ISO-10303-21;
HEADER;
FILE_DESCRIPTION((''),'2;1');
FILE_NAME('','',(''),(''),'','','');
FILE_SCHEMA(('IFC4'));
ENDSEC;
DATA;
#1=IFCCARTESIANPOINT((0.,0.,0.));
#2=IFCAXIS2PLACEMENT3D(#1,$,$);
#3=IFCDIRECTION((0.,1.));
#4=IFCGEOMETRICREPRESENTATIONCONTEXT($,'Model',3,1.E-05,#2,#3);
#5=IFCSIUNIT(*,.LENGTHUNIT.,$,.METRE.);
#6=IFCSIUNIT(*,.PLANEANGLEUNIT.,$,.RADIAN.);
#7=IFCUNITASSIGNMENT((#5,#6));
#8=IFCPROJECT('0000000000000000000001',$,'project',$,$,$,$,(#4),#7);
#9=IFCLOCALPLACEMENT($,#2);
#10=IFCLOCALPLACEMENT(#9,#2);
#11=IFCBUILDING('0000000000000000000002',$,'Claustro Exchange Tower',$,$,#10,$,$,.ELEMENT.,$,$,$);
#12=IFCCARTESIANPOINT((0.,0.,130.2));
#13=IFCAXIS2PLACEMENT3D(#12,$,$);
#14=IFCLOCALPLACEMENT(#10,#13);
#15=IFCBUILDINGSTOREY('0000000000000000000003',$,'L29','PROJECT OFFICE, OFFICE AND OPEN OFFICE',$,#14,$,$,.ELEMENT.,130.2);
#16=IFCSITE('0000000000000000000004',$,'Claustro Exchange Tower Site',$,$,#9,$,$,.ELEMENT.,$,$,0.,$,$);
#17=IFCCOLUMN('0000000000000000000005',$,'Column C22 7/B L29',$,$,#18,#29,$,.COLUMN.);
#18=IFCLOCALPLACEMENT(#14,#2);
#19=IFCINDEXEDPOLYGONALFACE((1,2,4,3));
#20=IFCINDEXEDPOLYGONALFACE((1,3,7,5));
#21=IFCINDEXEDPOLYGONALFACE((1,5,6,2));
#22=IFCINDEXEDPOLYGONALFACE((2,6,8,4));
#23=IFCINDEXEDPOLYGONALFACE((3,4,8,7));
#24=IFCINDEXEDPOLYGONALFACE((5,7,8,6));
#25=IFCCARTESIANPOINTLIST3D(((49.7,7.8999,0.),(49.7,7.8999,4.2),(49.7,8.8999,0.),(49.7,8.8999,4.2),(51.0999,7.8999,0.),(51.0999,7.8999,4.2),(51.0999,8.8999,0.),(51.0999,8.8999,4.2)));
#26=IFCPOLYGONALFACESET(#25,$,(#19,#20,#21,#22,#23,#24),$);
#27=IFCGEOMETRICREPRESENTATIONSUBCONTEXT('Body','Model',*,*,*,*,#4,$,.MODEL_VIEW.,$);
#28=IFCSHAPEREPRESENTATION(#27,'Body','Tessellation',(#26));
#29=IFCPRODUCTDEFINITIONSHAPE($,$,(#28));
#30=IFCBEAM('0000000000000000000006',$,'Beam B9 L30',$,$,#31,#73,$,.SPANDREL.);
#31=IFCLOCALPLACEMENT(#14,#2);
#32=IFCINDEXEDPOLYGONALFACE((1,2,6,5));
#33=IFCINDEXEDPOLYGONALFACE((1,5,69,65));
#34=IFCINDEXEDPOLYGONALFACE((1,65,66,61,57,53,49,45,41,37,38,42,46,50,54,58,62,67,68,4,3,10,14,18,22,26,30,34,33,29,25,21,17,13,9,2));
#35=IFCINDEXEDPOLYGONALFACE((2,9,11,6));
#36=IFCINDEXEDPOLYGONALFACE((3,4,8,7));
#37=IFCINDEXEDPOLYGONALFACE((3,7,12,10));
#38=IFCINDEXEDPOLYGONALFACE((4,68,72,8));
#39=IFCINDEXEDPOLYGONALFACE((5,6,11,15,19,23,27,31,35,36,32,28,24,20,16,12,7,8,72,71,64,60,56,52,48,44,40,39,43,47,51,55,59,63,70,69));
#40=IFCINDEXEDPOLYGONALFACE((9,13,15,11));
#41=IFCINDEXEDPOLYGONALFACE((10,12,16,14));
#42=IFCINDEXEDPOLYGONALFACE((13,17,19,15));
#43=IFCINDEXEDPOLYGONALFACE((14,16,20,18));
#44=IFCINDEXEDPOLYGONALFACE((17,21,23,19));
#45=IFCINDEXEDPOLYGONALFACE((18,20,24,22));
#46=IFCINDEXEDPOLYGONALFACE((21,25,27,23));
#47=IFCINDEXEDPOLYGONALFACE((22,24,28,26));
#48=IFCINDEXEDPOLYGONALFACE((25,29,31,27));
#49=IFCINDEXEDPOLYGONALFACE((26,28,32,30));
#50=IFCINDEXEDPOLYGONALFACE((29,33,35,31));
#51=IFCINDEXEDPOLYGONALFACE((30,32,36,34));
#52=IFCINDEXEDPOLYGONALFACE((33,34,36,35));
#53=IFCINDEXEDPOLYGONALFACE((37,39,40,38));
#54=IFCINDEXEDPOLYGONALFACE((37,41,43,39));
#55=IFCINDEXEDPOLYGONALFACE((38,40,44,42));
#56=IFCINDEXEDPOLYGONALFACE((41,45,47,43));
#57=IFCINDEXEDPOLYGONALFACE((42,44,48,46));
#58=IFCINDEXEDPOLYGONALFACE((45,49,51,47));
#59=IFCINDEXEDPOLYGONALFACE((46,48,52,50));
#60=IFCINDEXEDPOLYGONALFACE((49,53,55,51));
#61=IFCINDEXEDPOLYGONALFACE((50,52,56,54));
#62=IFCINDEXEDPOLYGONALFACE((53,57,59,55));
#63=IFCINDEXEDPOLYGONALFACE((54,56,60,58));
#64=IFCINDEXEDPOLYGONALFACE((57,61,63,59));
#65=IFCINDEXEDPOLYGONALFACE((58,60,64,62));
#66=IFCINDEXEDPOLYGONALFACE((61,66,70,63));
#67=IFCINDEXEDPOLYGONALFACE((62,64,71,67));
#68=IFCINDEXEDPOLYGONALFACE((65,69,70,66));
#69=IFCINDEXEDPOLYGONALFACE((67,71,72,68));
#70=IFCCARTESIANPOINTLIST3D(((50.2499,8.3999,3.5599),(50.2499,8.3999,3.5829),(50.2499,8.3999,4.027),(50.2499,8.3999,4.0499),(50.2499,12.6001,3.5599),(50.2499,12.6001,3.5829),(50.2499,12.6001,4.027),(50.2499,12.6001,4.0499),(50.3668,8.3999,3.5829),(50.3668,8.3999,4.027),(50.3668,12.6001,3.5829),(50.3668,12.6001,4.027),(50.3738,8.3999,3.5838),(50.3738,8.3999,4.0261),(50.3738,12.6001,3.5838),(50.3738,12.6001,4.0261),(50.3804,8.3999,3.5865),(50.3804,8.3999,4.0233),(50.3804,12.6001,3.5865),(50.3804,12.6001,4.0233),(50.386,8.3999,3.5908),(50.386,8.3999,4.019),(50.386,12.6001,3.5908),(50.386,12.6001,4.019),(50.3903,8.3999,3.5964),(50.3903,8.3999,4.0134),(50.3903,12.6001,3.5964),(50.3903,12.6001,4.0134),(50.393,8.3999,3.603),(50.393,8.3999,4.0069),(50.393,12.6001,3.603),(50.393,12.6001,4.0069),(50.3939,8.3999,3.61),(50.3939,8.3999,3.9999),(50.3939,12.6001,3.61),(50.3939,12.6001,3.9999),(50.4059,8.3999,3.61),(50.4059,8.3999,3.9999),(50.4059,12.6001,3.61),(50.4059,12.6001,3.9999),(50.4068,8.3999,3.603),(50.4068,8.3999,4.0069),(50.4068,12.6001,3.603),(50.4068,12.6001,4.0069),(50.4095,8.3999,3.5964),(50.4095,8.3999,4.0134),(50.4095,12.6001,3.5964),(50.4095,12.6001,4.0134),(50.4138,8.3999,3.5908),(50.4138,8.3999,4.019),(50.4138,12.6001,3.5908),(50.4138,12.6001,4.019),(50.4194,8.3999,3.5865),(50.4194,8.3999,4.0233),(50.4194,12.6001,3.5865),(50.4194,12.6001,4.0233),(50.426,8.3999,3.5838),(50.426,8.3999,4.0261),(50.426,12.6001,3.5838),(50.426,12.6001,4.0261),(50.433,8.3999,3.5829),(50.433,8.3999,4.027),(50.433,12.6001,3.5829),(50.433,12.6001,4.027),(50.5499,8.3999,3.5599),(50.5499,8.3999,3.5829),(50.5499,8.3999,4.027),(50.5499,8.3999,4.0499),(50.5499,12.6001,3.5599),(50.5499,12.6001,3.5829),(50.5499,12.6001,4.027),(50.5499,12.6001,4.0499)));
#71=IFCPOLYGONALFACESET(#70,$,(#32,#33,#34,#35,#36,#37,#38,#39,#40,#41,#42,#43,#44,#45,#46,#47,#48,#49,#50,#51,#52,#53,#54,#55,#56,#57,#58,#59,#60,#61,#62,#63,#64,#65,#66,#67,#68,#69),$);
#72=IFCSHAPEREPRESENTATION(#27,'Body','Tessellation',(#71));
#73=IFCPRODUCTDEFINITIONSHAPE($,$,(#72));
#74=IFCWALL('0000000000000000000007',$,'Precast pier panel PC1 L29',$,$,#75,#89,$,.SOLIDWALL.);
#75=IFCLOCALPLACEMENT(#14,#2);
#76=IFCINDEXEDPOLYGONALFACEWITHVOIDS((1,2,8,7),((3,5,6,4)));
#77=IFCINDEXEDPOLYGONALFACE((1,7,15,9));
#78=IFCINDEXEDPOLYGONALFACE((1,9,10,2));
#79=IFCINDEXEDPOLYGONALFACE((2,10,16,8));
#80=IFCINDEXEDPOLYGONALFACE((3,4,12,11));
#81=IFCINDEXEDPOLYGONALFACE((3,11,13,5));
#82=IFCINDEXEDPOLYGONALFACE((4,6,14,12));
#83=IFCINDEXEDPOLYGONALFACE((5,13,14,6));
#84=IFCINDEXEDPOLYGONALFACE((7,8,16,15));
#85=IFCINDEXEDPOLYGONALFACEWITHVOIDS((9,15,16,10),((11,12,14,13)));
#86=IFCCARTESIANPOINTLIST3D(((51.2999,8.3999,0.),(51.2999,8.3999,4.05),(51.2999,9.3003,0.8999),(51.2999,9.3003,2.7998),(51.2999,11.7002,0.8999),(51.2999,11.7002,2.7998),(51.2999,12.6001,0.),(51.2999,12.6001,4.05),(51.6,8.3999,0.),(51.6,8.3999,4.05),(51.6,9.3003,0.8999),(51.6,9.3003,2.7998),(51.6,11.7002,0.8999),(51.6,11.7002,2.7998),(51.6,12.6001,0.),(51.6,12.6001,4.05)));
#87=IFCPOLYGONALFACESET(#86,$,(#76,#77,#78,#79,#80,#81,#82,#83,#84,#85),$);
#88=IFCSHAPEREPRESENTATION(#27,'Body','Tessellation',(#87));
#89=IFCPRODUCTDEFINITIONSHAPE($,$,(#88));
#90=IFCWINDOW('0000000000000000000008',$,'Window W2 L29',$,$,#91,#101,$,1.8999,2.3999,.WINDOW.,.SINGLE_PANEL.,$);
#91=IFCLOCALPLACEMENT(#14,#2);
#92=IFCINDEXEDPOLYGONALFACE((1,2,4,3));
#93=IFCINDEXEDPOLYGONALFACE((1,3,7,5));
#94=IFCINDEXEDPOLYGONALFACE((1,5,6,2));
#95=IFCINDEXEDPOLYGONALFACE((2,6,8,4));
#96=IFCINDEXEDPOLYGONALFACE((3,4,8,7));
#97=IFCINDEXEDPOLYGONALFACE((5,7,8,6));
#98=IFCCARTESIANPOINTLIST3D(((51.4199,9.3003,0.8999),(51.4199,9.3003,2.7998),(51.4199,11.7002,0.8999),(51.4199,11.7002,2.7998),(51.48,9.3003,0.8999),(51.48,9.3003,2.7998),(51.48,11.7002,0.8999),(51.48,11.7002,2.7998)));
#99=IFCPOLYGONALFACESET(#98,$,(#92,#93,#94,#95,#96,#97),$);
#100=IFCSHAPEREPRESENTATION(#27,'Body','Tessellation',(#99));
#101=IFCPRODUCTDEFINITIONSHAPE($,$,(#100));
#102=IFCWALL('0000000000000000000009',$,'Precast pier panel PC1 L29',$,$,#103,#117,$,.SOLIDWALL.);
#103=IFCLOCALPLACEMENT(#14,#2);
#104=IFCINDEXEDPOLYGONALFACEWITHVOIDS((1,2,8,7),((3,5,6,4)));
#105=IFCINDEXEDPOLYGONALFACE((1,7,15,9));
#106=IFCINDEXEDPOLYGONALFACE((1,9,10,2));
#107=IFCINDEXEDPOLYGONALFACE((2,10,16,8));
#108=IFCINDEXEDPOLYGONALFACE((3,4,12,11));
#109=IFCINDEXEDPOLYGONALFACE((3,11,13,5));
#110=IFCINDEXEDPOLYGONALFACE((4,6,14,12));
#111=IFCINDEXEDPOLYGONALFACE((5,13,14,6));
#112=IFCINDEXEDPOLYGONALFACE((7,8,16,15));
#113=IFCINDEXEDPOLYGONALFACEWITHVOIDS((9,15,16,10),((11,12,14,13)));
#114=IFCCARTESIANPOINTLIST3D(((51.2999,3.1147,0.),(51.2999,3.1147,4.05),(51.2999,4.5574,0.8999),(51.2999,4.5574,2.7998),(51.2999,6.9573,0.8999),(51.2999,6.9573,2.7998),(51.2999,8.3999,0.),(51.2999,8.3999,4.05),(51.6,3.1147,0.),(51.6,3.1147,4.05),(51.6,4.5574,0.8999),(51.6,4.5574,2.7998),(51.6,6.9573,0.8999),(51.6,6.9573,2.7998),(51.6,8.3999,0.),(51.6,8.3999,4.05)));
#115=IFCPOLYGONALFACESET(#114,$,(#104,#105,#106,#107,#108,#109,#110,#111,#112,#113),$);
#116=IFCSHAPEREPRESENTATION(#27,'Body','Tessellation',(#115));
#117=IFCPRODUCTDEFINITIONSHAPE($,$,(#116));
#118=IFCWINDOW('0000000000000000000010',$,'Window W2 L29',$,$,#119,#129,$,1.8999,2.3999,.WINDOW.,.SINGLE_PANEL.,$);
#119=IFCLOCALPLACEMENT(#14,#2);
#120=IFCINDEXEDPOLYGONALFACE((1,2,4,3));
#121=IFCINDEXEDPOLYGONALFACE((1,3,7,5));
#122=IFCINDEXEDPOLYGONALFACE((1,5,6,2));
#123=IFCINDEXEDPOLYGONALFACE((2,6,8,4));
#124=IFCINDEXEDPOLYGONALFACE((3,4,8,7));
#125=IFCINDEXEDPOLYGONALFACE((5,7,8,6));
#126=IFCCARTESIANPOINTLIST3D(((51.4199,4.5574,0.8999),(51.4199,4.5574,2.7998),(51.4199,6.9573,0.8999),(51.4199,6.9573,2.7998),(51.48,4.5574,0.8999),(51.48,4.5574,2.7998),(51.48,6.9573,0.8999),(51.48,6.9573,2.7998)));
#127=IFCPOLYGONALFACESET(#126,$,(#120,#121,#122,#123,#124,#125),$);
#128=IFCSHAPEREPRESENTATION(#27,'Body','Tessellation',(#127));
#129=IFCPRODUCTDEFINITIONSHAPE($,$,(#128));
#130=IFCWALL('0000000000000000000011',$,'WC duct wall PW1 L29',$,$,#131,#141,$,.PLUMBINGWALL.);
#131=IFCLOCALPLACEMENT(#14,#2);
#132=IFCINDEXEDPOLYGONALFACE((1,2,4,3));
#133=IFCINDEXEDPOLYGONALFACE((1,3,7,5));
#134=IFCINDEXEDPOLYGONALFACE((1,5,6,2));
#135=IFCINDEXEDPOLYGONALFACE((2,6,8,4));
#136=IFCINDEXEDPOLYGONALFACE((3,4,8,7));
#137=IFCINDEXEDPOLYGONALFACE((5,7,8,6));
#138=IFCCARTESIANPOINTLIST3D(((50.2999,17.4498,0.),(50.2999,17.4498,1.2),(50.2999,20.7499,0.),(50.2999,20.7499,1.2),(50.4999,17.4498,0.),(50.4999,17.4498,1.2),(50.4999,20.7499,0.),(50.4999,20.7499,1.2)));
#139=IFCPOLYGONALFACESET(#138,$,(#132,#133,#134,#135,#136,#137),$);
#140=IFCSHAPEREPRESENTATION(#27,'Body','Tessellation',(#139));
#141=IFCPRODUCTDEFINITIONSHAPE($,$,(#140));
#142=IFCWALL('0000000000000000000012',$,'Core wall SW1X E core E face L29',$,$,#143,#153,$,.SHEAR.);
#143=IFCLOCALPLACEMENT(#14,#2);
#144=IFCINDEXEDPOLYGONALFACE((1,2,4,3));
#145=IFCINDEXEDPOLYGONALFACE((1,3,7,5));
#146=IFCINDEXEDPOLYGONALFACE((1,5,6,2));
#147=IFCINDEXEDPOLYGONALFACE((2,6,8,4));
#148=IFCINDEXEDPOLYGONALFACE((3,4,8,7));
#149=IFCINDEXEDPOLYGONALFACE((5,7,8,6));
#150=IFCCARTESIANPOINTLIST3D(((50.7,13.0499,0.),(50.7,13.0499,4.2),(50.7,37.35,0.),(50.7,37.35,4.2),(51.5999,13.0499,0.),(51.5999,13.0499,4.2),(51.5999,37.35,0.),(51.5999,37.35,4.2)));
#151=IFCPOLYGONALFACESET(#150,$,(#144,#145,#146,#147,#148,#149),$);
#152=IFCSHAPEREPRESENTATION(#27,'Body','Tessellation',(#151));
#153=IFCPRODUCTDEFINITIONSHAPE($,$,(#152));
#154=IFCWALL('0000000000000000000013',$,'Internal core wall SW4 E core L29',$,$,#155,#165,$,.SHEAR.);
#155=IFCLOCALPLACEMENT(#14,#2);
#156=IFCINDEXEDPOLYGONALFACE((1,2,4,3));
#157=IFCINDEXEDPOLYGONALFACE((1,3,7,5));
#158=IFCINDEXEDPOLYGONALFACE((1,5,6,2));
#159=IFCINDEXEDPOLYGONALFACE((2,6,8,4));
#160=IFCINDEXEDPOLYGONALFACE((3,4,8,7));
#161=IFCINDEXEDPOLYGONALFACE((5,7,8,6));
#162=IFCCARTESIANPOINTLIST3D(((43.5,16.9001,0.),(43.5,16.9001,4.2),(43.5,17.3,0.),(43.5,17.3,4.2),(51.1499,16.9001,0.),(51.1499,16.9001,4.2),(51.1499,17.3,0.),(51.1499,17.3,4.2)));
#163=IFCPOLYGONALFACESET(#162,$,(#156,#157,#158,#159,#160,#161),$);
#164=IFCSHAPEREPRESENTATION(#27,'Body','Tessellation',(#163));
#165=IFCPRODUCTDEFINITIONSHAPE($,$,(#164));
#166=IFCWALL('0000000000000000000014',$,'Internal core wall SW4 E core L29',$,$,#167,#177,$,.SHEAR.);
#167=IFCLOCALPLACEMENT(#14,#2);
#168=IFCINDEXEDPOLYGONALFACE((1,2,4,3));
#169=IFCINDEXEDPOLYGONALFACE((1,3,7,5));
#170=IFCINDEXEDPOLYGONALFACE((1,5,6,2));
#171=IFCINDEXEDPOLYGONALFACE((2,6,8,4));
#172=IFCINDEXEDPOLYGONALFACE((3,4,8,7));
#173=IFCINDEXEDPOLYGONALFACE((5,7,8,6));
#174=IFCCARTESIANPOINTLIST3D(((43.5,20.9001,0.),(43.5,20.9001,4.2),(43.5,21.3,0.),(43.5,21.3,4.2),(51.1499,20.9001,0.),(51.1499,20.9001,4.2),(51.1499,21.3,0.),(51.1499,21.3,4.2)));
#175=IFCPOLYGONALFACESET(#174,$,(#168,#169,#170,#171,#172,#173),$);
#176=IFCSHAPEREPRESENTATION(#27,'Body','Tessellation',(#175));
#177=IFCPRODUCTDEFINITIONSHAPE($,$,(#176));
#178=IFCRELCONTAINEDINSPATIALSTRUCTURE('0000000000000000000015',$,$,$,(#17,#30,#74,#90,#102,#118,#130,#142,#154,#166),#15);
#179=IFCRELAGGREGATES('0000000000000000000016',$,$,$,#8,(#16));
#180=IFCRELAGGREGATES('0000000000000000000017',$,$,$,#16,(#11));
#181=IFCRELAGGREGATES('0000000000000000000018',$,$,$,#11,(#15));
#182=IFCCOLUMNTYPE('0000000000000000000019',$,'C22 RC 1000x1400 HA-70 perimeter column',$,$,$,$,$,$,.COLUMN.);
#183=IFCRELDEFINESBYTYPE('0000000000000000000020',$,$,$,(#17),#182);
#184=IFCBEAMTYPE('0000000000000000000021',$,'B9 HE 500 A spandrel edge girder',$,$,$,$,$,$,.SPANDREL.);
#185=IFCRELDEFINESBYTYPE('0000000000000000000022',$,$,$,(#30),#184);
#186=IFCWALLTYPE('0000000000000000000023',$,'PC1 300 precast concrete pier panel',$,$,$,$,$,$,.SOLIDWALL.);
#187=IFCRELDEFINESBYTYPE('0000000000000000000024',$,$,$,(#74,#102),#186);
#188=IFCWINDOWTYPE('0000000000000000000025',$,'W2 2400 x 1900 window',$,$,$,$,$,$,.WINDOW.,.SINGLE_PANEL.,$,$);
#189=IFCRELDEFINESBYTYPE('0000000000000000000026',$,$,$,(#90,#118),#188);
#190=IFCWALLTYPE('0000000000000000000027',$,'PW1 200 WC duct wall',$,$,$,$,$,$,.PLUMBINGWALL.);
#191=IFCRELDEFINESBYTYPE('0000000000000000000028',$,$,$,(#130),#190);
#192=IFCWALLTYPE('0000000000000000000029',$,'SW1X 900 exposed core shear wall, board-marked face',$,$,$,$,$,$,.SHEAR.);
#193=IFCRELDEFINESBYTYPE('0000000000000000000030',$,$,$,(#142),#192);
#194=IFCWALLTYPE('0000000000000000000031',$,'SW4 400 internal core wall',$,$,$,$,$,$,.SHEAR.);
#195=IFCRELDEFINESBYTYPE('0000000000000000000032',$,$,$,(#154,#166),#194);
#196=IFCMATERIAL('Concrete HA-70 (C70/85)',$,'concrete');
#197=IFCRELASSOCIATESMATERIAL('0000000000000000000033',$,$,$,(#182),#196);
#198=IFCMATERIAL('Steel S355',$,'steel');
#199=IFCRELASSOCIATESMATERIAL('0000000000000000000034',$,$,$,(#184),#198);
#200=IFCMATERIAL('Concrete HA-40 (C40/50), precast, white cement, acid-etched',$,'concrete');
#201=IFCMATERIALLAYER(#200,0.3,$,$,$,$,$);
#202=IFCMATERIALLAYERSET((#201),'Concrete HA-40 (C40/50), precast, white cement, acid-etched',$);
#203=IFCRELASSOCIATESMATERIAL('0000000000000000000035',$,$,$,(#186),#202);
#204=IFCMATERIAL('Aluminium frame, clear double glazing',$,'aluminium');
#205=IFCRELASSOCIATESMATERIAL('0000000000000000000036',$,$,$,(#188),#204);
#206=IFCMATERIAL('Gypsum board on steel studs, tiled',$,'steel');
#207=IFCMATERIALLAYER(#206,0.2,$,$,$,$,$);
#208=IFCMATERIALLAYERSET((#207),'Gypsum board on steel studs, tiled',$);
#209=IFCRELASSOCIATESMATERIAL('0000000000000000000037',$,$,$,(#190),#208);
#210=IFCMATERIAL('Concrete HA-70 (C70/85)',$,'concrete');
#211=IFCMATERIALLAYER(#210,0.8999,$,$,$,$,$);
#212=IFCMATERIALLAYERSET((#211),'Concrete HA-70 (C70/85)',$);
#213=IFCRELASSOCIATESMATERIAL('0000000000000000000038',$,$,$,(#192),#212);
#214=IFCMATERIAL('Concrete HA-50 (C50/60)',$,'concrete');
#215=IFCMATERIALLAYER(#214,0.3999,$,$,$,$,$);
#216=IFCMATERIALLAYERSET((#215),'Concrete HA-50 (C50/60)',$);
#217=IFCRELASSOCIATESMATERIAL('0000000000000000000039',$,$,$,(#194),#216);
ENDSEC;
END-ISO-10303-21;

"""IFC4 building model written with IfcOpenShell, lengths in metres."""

from ifc_helpers import new_model, si_unit, direction, frame, frame_2d, origin, origin_2d, place, context, subcontext, project, spatial, rectangle, i_section, extrude, material, layer, layer_set, material_profile, profile_set, type_object, element, fill, save


model = new_model("IFC4")

# Units and contexts
model_context = context("Model", 3, precision=1e-05, world=origin(), true_north=direction((0.0, 1.0)))
body_context = subcontext(model_context, "Body", "Model", "MODEL_VIEW")
ifc_project = project(units=[si_unit("LENGTHUNIT", "METRE"), si_unit("PLANEANGLEUNIT", "RADIAN")], contexts=[model_context])

# Site, building, storey
site_placement = place(None, origin())
site = spatial("IfcSite", under=ifc_project, at=site_placement, Name="Claustro Exchange Tower Site", CompositionType="ELEMENT", RefElevation=0.0)
building_placement = place(site_placement, origin())
building = spatial("IfcBuilding", under=site, at=building_placement, Name="Claustro Exchange Tower", CompositionType="ELEMENT")
storey_placement = place(building_placement, frame((0.0, 0.0, 130.2)))
storey = spatial("IfcBuildingStorey", under=building, at=storey_placement, Name="L29", Description="PROJECT OFFICE, OFFICE AND OPEN OFFICE", CompositionType="ELEMENT", Elevation=130.2)

# Column
ifc_material_1 = material(Name="Concrete HA-70 (C70/85)", Category="concrete")
ifc_material_profile_1 = material_profile(ifc_material_1, rectangle(XDim=1.0, YDim=1.3999, at=origin_2d()), Name="RC 1000x1400")
ifc_profile_set_1 = profile_set([ifc_material_profile_1], Name="Concrete HA-70 (C70/85)")
column_type = type_object("IfcColumnType", Name="C22 RC 1000x1400 HA-70 perimeter column", PredefinedType="COLUMN", material=ifc_profile_set_1)
column_placement = place(storey_placement, frame((50.3999, 8.3999, 0.0), z_axis=(0.0, 0.0, 1.0), x_axis=(0.0, 1.0, 0.0)))
element("IfcColumn", 1, at=column_placement, inside=storey, type_object=column_type, Name="Column C22 7/B L29", PredefinedType="COLUMN", context=body_context, shape_type="SweptSolid", body=[
    extrude(rectangle(XDim=1.0, YDim=1.3999, at=origin_2d()), origin(), (0.0, 0.0, 1.0), 4.2),
])

# Beam
ifc_material_2 = material(Name="Steel S355", Category="steel")
ifc_material_profile_2 = material_profile(ifc_material_2, i_section(OverallWidth=0.3, OverallDepth=0.49, WebThickness=0.012, FlangeThickness=0.0229, FilletRadius=0.0271, at=origin_2d()), Name="HE 500 A")
ifc_profile_set_2 = profile_set([ifc_material_profile_2], Name="Steel S355")
beam_type = type_object("IfcBeamType", Name="B9 HE 500 A spandrel edge girder", PredefinedType="SPANDREL", material=ifc_profile_set_2)
beam_placement = place(storey_placement, frame((50.3999, 8.3999, 3.8049), z_axis=(0.0, 1.0, 0.0), x_axis=(-1.0, 0.0, 0.0)))
element("IfcBeam", 2, at=beam_placement, inside=storey, type_object=beam_type, Name="Beam B9 L30", PredefinedType="SPANDREL", context=body_context, shape_type="SweptSolid", body=[
    extrude(i_section(OverallWidth=0.3, OverallDepth=0.49, WebThickness=0.012, FlangeThickness=0.0229, FilletRadius=0.0271, at=origin_2d()), origin(), (0.0, 0.0, 1.0), 4.2002),
])

# Walls, openings, windows
ifc_material_3 = material(Name="Concrete HA-40 (C40/50), precast, white cement, acid-etched", Category="concrete")
ifc_layer_1 = layer(ifc_material_3, 0.3)
ifc_layer_set_1 = layer_set([ifc_layer_1], Name="Concrete HA-40 (C40/50), precast, white cement, acid-etched")
wall_type_1 = type_object("IfcWallType", Name="PC1 300 precast concrete pier panel", PredefinedType="SOLIDWALL", material=ifc_layer_set_1)
wall_1_placement = place(storey_placement, frame((51.45, 12.6001, 0.0), z_axis=(0.0, 0.0, 1.0), x_axis=(0.0, -1.0, 0.0)))
wall_1 = element("IfcWall", 3, at=wall_1_placement, inside=storey, type_object=wall_type_1, Name="Precast pier panel PC1 L29", PredefinedType="SOLIDWALL", context=body_context, shape_type="SweptSolid", body=[
    extrude(rectangle(XDim=4.2002, YDim=0.3, at=frame_2d((2.1001, 0.0))), origin(), (0.0, 0.0, 1.0), 4.05),
])
opening_1_placement = place(wall_1_placement, frame((0.8999, 0.0, 0.8999)))
opening_1 = element("IfcOpeningElement", 4, at=opening_1_placement, cuts=wall_1, PredefinedType="OPENING", context=body_context, shape_type="SweptSolid", body=[
    extrude(rectangle(XDim=2.3999, YDim=1.8999, at=frame_2d((1.2, 0.95))), frame((0.0, 0.1599, 0.0), z_axis=(0.0, -1.0, 0.0), x_axis=(1.0, 0.0, 0.0)), (0.0, 0.0, 1.0), 0.3201),
])
ifc_material_4 = material(Name="Aluminium frame, clear double glazing", Category="aluminium")
window_type = type_object("IfcWindowType", Name="W2 2400 x 1900 window", PartitioningType="SINGLE_PANEL", PredefinedType="WINDOW", material=ifc_material_4)
window_1_placement = place(opening_1_placement, origin())
window_1 = element("IfcWindow", 5, at=window_1_placement, inside=storey, type_object=window_type, Name="Window W2 L29", OverallHeight=1.8999, OverallWidth=2.3999, PartitioningType="SINGLE_PANEL", PredefinedType="WINDOW", context=body_context, shape_type="SweptSolid", body=[
    extrude(rectangle(XDim=2.3999, YDim=1.8999, at=frame_2d((1.2, 0.95))), frame((0.0, 0.03, 0.0), z_axis=(0.0, -1.0, 0.0), x_axis=(1.0, 0.0, 0.0)), (0.0, 0.0, 1.0), 0.0601),
])
fill(opening_1, window_1)
wall_2_placement = place(storey_placement, frame((51.45, 8.3999, 0.0), z_axis=(0.0, 0.0, 1.0), x_axis=(0.0, -1.0, 0.0)))
wall_2 = element("IfcWall", 6, at=wall_2_placement, inside=storey, type_object=wall_type_1, Name="Precast pier panel PC1 L29", PredefinedType="SOLIDWALL", context=body_context, shape_type="SweptSolid", body=[
    extrude(rectangle(XDim=5.2852, YDim=0.3, at=frame_2d((2.6426, 0.0))), origin(), (0.0, 0.0, 1.0), 4.05),
])
opening_2_placement = place(wall_2_placement, frame((1.4426, 0.0, 0.8999)))
opening_2 = element("IfcOpeningElement", 7, at=opening_2_placement, cuts=wall_2, PredefinedType="OPENING", context=body_context, shape_type="SweptSolid", body=[
    extrude(rectangle(XDim=2.3999, YDim=1.8999, at=frame_2d((1.2, 0.95))), frame((0.0, 0.1599, 0.0), z_axis=(0.0, -1.0, 0.0), x_axis=(1.0, 0.0, 0.0)), (0.0, 0.0, 1.0), 0.3201),
])
window_2_placement = place(opening_2_placement, origin())
window_2 = element("IfcWindow", 8, at=window_2_placement, inside=storey, type_object=window_type, Name="Window W2 L29", OverallHeight=1.8999, OverallWidth=2.3999, PartitioningType="SINGLE_PANEL", PredefinedType="WINDOW", context=body_context, shape_type="SweptSolid", body=[
    extrude(rectangle(XDim=2.3999, YDim=1.8999, at=frame_2d((1.2, 0.95))), frame((0.0, 0.03, 0.0), z_axis=(0.0, -1.0, 0.0), x_axis=(1.0, 0.0, 0.0)), (0.0, 0.0, 1.0), 0.0601),
])
fill(opening_2, window_2)

# Walls
ifc_material_5 = material(Name="Gypsum board on steel studs, tiled", Category="steel")
ifc_layer_2 = layer(ifc_material_5, 0.2)
ifc_layer_set_2 = layer_set([ifc_layer_2], Name="Gypsum board on steel studs, tiled")
wall_type_2 = type_object("IfcWallType", Name="PW1 200 WC duct wall", PredefinedType="PLUMBINGWALL", material=ifc_layer_set_2)
wall_3_placement = place(storey_placement, frame((50.3999, 17.45, 0.0), z_axis=(0.0, 0.0, 1.0), x_axis=(0.0, 1.0, 0.0)))
element("IfcWall", 9, at=wall_3_placement, inside=storey, type_object=wall_type_2, Name="WC duct wall PW1 L29", PredefinedType="PLUMBINGWALL", context=body_context, shape_type="SweptSolid", body=[
    extrude(rectangle(XDim=3.3, YDim=0.2, at=frame_2d((1.6499, 0.0))), origin(), (0.0, 0.0, 1.0), 1.2),
])
ifc_material_6 = material(Name="Concrete HA-70 (C70/85)", Category="concrete")
ifc_layer_3 = layer(ifc_material_6, 0.8999)
ifc_layer_set_3 = layer_set([ifc_layer_3], Name="Concrete HA-70 (C70/85)")
wall_type_3 = type_object("IfcWallType", Name="SW1X 900 exposed core shear wall, board-marked face", PredefinedType="SHEAR", material=ifc_layer_set_3)
wall_4_placement = place(storey_placement, frame((51.1499, 13.05, 0.0), z_axis=(0.0, 0.0, 1.0), x_axis=(0.0, 1.0, 0.0)))
element("IfcWall", 10, at=wall_4_placement, inside=storey, type_object=wall_type_3, Name="Core wall SW1X E core E face L29", PredefinedType="SHEAR", context=body_context, shape_type="SweptSolid", body=[
    extrude(rectangle(XDim=24.3, YDim=0.8999, at=frame_2d((12.1499, 0.0))), origin(), (0.0, 0.0, 1.0), 4.2),
])
ifc_material_7 = material(Name="Concrete HA-50 (C50/60)", Category="concrete")
ifc_layer_4 = layer(ifc_material_7, 0.3999)
ifc_layer_set_4 = layer_set([ifc_layer_4], Name="Concrete HA-50 (C50/60)")
wall_type_4 = type_object("IfcWallType", Name="SW4 400 internal core wall", PredefinedType="SHEAR", material=ifc_layer_set_4)
for number, where, z_axis, x_axis, name in (
    (11, (51.1499, 17.1001, 0.0), (0.0, 0.0, 1.0), (-1.0, 0.0, 0.0), "Internal core wall SW4 E core L29"),
    (12, (51.1499, 21.1001, 0.0), (0.0, 0.0, 1.0), (-1.0, 0.0, 0.0), "Internal core wall SW4 E core L29"),
):
    element("IfcWall", number, at=place(storey_placement, frame(where, z_axis=z_axis, x_axis=x_axis)), inside=storey, type_object=wall_type_4, Name=name, PredefinedType="SHEAR", context=body_context, shape_type="SweptSolid", body=[
        extrude(rectangle(XDim=7.6499, YDim=0.3999, at=frame_2d((3.825, 0.0))), origin(), (0.0, 0.0, 1.0), 4.2),
    ])

save(model, "model.ifc")
